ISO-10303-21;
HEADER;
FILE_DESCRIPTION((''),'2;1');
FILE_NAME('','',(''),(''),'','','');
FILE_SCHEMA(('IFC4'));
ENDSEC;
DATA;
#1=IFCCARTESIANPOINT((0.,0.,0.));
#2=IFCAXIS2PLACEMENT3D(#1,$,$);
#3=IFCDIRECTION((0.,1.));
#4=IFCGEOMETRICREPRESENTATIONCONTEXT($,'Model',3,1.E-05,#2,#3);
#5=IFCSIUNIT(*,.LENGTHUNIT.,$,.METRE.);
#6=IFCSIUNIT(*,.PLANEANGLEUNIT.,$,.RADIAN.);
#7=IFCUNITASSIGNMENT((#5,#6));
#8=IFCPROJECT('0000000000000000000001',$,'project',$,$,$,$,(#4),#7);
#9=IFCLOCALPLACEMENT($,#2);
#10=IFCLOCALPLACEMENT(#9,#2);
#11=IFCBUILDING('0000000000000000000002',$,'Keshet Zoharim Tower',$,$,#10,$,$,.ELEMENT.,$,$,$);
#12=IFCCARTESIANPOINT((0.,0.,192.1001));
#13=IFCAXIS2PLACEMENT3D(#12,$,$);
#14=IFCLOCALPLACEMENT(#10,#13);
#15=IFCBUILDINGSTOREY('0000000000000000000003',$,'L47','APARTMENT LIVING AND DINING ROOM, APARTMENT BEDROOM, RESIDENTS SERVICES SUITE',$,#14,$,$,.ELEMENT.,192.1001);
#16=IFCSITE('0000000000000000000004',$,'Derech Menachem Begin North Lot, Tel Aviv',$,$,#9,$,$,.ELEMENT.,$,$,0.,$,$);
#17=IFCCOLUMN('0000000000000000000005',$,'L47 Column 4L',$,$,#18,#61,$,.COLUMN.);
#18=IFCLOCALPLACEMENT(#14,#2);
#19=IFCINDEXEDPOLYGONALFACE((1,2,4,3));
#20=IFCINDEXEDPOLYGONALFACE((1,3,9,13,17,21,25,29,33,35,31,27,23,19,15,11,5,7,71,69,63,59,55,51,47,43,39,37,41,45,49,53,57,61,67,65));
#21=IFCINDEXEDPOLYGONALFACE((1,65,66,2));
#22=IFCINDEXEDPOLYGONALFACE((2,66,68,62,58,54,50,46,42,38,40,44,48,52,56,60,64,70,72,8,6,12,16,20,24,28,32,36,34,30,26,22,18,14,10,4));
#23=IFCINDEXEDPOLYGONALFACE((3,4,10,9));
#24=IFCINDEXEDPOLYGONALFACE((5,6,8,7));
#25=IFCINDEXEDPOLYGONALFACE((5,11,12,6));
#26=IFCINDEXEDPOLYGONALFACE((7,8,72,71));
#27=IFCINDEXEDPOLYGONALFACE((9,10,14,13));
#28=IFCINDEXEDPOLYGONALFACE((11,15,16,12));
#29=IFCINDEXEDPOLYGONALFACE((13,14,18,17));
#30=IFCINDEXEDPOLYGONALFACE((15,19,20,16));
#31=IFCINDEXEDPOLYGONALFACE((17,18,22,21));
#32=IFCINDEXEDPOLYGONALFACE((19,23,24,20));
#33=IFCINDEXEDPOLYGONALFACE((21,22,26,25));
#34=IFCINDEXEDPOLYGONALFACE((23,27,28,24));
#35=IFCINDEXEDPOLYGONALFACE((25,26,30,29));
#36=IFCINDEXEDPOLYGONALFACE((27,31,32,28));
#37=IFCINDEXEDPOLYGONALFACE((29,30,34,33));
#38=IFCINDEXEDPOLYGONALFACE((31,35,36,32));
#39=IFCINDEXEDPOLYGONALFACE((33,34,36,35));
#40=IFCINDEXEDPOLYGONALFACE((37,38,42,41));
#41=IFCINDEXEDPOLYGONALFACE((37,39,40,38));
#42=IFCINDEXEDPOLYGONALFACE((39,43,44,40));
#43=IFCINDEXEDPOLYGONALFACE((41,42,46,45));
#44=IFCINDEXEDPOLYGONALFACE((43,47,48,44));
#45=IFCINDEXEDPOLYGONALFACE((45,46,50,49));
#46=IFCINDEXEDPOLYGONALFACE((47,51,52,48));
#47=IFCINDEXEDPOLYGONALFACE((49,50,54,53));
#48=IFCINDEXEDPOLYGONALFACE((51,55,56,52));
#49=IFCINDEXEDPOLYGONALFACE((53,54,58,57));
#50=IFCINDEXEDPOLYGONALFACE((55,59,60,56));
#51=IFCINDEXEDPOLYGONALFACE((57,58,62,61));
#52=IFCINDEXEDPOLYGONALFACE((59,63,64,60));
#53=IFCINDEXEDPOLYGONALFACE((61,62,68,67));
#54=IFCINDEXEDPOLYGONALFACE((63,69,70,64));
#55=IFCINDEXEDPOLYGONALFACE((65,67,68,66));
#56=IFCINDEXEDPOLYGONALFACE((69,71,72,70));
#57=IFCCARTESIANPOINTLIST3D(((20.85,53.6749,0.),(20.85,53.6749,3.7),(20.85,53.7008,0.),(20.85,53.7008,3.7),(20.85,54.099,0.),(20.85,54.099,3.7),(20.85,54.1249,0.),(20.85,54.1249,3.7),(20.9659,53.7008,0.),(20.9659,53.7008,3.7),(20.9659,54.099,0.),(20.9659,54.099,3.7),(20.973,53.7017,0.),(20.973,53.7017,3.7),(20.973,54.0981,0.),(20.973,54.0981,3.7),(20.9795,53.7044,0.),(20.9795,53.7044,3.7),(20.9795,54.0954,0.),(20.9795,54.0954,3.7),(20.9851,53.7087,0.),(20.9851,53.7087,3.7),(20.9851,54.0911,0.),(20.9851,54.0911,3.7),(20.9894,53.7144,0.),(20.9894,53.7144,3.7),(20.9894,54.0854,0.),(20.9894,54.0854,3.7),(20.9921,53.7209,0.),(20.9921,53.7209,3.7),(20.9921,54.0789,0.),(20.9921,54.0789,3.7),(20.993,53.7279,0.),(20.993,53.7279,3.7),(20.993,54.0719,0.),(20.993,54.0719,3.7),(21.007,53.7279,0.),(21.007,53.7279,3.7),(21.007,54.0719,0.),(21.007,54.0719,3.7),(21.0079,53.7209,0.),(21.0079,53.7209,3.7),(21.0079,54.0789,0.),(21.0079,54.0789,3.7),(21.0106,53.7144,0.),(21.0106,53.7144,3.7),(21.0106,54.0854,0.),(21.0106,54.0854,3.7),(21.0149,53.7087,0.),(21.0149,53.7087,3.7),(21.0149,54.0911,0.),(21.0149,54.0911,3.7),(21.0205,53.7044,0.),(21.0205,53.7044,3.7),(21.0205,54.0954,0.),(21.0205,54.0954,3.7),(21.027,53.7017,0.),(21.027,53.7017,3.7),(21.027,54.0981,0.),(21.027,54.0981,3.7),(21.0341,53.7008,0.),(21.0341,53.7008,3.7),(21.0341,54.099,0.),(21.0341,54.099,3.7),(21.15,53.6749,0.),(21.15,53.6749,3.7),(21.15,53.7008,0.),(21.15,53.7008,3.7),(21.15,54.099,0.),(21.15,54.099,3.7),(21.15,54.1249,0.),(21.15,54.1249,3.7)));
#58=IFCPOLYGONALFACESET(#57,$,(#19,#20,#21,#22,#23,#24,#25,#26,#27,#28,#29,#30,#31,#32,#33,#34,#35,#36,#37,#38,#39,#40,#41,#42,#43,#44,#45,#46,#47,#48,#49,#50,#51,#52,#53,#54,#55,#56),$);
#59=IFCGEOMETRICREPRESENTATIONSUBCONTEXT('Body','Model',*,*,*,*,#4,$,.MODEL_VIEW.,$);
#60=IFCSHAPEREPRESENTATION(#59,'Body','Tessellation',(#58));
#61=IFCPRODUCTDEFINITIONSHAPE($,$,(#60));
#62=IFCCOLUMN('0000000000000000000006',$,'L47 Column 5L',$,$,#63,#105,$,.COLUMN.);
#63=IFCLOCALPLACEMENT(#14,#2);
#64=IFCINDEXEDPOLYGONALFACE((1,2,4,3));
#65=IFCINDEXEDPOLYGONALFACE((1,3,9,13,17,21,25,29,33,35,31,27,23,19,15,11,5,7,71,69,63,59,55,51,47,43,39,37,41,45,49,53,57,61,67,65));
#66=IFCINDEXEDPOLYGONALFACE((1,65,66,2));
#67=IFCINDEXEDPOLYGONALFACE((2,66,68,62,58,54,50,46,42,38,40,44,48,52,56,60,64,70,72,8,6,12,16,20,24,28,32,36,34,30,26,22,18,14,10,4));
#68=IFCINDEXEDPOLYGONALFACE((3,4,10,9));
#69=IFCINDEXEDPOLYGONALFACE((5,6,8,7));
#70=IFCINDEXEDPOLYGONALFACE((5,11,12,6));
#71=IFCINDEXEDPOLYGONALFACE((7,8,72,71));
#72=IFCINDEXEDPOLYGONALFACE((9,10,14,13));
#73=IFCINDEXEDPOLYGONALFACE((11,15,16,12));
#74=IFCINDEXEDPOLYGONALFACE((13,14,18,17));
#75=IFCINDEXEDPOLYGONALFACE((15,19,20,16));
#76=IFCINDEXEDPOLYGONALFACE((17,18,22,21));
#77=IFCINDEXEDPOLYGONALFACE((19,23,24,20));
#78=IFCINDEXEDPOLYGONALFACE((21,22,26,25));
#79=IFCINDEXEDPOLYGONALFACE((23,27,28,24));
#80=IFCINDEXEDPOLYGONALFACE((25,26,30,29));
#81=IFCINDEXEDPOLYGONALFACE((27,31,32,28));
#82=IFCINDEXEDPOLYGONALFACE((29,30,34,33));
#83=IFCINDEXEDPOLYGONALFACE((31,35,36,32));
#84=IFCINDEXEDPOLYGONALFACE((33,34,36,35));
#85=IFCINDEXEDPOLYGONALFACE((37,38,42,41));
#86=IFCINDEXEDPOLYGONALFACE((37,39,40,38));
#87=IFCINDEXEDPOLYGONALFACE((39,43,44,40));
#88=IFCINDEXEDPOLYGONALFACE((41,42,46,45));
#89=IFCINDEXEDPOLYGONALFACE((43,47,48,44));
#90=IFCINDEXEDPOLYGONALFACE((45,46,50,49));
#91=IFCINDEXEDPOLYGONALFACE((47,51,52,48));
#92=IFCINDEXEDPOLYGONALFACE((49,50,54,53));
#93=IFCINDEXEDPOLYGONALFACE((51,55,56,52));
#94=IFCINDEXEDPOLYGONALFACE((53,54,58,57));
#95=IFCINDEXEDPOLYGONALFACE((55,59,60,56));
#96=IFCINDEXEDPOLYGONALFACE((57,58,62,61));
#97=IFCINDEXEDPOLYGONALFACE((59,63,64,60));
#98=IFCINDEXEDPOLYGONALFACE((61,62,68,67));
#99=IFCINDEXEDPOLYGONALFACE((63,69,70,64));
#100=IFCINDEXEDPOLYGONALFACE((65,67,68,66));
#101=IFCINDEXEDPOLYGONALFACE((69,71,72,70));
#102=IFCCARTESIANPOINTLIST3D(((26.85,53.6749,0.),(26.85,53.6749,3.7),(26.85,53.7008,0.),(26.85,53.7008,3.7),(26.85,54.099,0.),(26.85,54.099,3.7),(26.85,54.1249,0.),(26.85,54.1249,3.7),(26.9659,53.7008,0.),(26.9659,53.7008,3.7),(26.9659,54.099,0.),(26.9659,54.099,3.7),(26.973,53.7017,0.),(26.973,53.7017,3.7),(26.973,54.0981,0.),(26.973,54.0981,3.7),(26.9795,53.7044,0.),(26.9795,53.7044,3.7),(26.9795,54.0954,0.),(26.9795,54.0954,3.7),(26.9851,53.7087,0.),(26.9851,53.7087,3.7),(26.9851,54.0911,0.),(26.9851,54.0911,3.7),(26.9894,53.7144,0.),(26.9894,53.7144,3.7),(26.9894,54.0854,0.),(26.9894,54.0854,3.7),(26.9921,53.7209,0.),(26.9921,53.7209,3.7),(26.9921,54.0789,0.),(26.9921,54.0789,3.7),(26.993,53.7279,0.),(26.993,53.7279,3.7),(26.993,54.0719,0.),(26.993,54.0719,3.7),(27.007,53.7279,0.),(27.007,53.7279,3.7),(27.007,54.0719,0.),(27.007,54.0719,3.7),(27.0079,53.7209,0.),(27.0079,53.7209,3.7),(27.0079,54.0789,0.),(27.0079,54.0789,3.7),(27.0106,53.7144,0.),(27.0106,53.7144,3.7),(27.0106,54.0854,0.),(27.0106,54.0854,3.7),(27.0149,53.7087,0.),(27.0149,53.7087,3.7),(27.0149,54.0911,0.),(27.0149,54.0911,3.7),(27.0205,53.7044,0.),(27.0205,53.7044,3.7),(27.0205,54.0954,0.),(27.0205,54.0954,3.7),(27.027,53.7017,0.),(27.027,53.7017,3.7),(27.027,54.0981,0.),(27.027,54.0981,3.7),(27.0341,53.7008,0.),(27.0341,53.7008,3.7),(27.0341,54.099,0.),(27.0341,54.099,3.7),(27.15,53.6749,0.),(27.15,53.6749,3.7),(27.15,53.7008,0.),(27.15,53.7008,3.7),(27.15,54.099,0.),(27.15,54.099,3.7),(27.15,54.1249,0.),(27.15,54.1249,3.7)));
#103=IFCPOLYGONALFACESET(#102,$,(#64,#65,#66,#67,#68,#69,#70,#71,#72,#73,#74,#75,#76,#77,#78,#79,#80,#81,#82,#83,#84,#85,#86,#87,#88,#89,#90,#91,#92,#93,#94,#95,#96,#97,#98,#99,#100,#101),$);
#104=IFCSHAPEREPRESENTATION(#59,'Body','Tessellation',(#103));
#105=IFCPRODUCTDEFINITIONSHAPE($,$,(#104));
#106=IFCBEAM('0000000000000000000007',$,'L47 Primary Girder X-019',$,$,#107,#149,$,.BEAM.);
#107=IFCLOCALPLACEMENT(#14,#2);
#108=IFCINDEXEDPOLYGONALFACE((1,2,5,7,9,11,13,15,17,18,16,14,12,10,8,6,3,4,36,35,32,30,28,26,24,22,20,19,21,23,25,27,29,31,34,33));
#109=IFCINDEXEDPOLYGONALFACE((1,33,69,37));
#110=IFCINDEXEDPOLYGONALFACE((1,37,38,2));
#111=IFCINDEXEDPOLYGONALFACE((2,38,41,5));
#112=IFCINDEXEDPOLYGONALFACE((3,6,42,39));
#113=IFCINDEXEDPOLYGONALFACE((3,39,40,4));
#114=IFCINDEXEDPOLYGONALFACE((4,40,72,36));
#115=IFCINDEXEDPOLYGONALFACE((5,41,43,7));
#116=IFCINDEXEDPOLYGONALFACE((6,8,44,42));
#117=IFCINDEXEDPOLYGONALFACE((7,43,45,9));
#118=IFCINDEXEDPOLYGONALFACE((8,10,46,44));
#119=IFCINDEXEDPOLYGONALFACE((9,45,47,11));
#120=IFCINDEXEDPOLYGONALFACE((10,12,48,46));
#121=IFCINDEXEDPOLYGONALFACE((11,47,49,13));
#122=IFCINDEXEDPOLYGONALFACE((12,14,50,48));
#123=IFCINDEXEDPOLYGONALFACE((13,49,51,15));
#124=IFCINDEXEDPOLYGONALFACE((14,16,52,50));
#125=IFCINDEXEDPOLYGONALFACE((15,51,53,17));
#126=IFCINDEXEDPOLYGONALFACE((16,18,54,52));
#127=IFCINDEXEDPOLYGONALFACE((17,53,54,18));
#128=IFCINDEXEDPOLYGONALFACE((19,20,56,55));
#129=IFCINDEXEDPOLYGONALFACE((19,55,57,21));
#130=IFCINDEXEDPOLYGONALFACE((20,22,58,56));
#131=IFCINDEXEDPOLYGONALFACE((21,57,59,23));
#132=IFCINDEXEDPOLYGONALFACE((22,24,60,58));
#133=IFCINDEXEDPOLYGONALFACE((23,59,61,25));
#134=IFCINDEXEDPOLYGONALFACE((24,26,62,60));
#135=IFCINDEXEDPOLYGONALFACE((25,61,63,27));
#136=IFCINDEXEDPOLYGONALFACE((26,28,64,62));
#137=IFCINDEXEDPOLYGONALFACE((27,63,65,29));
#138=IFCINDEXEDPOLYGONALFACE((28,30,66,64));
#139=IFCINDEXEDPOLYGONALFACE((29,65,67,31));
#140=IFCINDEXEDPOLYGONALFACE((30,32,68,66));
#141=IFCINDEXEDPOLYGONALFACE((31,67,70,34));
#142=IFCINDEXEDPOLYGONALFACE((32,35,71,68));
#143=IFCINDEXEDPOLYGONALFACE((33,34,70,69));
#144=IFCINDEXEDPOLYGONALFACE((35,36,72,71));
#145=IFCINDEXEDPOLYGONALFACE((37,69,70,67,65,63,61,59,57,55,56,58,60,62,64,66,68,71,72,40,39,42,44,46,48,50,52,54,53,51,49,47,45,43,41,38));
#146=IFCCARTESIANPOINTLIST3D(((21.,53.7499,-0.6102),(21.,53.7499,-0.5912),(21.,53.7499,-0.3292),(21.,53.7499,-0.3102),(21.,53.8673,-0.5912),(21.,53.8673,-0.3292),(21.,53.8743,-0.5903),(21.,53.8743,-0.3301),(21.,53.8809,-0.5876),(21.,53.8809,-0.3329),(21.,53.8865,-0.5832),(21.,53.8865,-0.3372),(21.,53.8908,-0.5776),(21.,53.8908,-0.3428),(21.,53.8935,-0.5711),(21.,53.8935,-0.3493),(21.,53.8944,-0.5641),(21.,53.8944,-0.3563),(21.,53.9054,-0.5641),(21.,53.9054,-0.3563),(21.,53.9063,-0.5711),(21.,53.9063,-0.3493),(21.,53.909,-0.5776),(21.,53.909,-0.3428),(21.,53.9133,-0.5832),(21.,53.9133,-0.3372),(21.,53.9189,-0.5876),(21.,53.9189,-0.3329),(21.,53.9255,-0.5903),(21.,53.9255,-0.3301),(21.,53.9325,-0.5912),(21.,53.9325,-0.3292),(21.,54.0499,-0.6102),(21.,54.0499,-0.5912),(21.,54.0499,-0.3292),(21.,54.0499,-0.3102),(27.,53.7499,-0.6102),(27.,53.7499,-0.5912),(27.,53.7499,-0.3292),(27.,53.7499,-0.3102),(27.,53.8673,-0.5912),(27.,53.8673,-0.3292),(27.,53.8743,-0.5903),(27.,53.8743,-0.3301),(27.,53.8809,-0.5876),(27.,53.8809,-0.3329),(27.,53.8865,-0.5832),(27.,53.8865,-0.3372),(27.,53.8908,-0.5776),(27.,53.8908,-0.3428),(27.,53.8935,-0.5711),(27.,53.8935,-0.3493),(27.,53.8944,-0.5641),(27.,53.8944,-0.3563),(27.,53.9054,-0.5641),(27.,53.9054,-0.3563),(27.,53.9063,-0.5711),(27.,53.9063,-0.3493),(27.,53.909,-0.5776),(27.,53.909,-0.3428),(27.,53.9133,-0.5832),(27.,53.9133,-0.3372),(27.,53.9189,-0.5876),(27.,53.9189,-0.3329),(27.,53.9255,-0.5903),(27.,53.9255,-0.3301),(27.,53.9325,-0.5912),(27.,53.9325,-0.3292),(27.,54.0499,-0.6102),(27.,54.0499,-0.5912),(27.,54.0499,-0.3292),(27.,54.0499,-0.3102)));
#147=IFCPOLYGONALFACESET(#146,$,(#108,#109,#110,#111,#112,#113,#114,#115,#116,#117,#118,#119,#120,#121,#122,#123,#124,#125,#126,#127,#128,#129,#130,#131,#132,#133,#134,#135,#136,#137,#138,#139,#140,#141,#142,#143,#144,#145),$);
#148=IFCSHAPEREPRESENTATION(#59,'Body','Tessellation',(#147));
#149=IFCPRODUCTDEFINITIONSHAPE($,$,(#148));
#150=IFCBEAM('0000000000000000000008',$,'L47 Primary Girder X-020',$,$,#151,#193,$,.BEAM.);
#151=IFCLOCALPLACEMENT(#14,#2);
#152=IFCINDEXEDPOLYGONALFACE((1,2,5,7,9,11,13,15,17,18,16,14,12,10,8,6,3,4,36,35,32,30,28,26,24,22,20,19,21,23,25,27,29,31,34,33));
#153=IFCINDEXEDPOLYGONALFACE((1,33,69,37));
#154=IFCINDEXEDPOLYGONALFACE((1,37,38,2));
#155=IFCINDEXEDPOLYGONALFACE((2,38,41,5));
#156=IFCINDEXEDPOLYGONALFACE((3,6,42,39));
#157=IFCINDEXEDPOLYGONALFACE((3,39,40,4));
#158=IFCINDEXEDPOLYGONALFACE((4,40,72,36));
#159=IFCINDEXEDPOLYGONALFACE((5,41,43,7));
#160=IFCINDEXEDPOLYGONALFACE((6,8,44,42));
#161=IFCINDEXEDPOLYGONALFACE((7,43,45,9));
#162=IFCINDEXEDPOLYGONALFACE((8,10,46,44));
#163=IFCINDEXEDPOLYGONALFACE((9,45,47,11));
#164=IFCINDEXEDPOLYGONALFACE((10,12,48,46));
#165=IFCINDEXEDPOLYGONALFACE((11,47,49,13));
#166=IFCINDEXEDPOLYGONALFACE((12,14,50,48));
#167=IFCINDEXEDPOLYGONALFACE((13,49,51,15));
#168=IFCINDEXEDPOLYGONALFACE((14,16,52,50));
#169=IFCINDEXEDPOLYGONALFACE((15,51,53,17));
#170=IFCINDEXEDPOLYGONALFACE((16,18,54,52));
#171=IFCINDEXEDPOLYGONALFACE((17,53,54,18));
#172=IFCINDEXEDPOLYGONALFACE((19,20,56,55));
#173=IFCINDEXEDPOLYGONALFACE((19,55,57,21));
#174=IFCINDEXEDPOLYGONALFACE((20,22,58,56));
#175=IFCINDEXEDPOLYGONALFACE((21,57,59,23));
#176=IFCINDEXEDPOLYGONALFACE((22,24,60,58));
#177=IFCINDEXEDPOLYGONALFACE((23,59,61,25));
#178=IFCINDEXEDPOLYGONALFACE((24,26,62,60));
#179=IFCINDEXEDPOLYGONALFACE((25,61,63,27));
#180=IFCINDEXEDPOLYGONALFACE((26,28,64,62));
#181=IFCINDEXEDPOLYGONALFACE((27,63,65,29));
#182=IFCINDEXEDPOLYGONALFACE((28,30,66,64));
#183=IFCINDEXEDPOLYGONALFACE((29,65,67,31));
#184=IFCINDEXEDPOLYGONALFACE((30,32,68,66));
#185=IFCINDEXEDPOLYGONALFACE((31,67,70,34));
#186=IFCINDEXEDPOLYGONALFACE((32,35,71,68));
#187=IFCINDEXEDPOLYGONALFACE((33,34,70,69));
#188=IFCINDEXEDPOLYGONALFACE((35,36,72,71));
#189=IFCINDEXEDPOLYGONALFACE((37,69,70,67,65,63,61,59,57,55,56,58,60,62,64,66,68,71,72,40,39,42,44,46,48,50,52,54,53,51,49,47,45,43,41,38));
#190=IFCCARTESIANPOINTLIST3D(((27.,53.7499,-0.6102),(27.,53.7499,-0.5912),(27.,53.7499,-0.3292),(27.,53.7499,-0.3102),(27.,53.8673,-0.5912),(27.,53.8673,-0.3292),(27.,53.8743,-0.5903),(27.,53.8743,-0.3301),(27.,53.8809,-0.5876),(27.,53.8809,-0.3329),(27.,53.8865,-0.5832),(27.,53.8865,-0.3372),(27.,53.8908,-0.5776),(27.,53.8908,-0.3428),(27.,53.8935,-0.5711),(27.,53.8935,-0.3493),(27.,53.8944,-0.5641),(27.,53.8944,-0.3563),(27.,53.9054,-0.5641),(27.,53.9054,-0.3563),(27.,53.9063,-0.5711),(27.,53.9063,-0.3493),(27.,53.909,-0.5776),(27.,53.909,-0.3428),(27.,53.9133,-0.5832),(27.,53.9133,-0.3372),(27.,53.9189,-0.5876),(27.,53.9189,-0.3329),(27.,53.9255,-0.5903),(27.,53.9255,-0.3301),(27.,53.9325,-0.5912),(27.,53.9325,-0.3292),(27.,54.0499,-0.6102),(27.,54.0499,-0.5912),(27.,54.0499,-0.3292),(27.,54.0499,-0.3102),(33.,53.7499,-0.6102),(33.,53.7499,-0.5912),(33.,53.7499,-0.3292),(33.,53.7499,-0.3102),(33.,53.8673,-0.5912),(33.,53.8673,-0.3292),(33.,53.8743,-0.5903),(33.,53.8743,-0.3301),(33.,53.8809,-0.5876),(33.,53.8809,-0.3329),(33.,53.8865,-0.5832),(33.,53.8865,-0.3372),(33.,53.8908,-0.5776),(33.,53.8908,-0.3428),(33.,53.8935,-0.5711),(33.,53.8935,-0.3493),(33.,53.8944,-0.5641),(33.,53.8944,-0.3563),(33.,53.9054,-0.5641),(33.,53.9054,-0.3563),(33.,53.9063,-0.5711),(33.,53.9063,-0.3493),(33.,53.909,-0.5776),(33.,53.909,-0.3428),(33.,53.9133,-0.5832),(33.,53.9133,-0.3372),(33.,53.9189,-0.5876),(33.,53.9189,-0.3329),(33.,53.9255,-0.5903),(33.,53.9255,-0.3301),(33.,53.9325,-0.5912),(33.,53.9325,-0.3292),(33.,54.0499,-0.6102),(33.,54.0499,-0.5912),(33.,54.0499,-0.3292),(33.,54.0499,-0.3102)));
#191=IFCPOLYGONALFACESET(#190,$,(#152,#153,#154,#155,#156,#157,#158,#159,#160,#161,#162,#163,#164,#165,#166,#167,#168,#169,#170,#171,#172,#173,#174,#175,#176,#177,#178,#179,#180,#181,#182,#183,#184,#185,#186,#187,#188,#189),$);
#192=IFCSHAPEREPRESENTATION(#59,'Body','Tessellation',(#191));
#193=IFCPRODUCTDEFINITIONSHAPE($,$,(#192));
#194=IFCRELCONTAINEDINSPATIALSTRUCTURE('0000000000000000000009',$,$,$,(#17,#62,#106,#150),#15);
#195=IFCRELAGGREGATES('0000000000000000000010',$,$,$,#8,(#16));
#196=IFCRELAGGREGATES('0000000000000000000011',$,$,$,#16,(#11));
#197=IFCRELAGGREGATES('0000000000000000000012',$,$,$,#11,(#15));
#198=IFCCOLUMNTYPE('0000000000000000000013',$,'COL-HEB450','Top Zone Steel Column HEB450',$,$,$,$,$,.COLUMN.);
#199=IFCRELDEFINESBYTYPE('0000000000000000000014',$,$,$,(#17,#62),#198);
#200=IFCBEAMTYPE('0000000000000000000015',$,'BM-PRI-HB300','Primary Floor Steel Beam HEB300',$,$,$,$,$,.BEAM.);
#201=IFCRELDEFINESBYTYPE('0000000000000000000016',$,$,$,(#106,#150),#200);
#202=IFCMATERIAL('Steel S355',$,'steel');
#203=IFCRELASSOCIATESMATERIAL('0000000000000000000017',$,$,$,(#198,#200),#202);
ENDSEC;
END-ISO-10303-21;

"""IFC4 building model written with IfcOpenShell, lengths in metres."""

from ifc_helpers import new_model, si_unit, direction, frame, origin, origin_2d, place, context, subcontext, project, spatial, i_section, extrude, material, material_profile, profile_set, type_object, element, save


model = new_model("IFC4")

# Units and contexts
model_context = context("Model", 3, precision=1e-05, world=origin(), true_north=direction((0.0, 1.0)))
body_context = subcontext(model_context, "Body", "Model", "MODEL_VIEW")
ifc_project = project(units=[si_unit("LENGTHUNIT", "METRE"), si_unit("PLANEANGLEUNIT", "RADIAN")], contexts=[model_context])

# Site, building, storey
site_placement = place(None, origin())
site = spatial("IfcSite", under=ifc_project, at=site_placement, Name="Derech Menachem Begin North Lot, Tel Aviv", CompositionType="ELEMENT", RefElevation=0.0)
building_placement = place(site_placement, origin())
building = spatial("IfcBuilding", under=site, at=building_placement, Name="Keshet Zoharim Tower", CompositionType="ELEMENT")
storey_placement = place(building_placement, frame((0.0, 0.0, 192.1001)))
storey = spatial("IfcBuildingStorey", under=building, at=storey_placement, Name="L47", Description="APARTMENT LIVING AND DINING ROOM, APARTMENT BEDROOM, RESIDENTS SERVICES SUITE", CompositionType="ELEMENT", Elevation=192.1001)

# Columns
ifc_material_1 = material(Name="Steel S355", Category="steel")
ifc_material_profile_1 = material_profile(ifc_material_1, i_section(OverallWidth=0.3, OverallDepth=0.45, WebThickness=0.0139, FlangeThickness=0.0259, FilletRadius=0.0271, at=origin_2d()), Name="HEB450")
ifc_profile_set_1 = profile_set([ifc_material_profile_1], Name="Steel S355")
column_type = type_object("IfcColumnType", Name="COL-HEB450", Description="Top Zone Steel Column HEB450", PredefinedType="COLUMN", material=ifc_profile_set_1)
for number, where, z_axis, x_axis, name in (
    (1, (21.0, 53.8999, 0.0), (0.0, 0.0, 1.0), (1.0, 0.0, 0.0), "L47 Column 4L"),
    (2, (27.0, 53.8999, 0.0), (0.0, 0.0, 1.0), (1.0, 0.0, 0.0), "L47 Column 5L"),
):
    element("IfcColumn", number, at=place(storey_placement, frame(where, z_axis=z_axis, x_axis=x_axis)), inside=storey, type_object=column_type, Name=name, PredefinedType="COLUMN", context=body_context, shape_type="SweptSolid", body=[
        extrude(i_section(OverallWidth=0.3, OverallDepth=0.45, WebThickness=0.0139, FlangeThickness=0.0259, FilletRadius=0.0271, at=origin_2d()), origin(), (0.0, 0.0, 1.0), 3.7),
    ])

# Beams
ifc_material_profile_2 = material_profile(ifc_material_1, i_section(OverallWidth=0.3, OverallDepth=0.3, WebThickness=0.011, FlangeThickness=0.019, FilletRadius=0.0271, at=origin_2d()), Name="HEB300")
ifc_profile_set_2 = profile_set([ifc_material_profile_2], Name="Steel S355")
beam_type = type_object("IfcBeamType", Name="BM-PRI-HB300", Description="Primary Floor Steel Beam HEB300", PredefinedType="BEAM", material=ifc_profile_set_2)
for number, where, z_axis, x_axis, name in (
    (3, (21.0, 53.8999, -0.4602), (1.0, 0.0, 0.0), (0.0, 1.0, 0.0), "L47 Primary Girder X-019"),
    (4, (27.0, 53.8999, -0.4602), (1.0, 0.0, 0.0), (0.0, 1.0, 0.0), "L47 Primary Girder X-020"),
):
    element("IfcBeam", number, at=place(storey_placement, frame(where, z_axis=z_axis, x_axis=x_axis)), inside=storey, type_object=beam_type, Name=name, PredefinedType="BEAM", context=body_context, shape_type="SweptSolid", body=[
        extrude(i_section(OverallWidth=0.3, OverallDepth=0.3, WebThickness=0.011, FlangeThickness=0.019, FilletRadius=0.0271, at=origin_2d()), origin(), (0.0, 0.0, 1.0), 6.0),
    ])

save(model, "model.ifc")
